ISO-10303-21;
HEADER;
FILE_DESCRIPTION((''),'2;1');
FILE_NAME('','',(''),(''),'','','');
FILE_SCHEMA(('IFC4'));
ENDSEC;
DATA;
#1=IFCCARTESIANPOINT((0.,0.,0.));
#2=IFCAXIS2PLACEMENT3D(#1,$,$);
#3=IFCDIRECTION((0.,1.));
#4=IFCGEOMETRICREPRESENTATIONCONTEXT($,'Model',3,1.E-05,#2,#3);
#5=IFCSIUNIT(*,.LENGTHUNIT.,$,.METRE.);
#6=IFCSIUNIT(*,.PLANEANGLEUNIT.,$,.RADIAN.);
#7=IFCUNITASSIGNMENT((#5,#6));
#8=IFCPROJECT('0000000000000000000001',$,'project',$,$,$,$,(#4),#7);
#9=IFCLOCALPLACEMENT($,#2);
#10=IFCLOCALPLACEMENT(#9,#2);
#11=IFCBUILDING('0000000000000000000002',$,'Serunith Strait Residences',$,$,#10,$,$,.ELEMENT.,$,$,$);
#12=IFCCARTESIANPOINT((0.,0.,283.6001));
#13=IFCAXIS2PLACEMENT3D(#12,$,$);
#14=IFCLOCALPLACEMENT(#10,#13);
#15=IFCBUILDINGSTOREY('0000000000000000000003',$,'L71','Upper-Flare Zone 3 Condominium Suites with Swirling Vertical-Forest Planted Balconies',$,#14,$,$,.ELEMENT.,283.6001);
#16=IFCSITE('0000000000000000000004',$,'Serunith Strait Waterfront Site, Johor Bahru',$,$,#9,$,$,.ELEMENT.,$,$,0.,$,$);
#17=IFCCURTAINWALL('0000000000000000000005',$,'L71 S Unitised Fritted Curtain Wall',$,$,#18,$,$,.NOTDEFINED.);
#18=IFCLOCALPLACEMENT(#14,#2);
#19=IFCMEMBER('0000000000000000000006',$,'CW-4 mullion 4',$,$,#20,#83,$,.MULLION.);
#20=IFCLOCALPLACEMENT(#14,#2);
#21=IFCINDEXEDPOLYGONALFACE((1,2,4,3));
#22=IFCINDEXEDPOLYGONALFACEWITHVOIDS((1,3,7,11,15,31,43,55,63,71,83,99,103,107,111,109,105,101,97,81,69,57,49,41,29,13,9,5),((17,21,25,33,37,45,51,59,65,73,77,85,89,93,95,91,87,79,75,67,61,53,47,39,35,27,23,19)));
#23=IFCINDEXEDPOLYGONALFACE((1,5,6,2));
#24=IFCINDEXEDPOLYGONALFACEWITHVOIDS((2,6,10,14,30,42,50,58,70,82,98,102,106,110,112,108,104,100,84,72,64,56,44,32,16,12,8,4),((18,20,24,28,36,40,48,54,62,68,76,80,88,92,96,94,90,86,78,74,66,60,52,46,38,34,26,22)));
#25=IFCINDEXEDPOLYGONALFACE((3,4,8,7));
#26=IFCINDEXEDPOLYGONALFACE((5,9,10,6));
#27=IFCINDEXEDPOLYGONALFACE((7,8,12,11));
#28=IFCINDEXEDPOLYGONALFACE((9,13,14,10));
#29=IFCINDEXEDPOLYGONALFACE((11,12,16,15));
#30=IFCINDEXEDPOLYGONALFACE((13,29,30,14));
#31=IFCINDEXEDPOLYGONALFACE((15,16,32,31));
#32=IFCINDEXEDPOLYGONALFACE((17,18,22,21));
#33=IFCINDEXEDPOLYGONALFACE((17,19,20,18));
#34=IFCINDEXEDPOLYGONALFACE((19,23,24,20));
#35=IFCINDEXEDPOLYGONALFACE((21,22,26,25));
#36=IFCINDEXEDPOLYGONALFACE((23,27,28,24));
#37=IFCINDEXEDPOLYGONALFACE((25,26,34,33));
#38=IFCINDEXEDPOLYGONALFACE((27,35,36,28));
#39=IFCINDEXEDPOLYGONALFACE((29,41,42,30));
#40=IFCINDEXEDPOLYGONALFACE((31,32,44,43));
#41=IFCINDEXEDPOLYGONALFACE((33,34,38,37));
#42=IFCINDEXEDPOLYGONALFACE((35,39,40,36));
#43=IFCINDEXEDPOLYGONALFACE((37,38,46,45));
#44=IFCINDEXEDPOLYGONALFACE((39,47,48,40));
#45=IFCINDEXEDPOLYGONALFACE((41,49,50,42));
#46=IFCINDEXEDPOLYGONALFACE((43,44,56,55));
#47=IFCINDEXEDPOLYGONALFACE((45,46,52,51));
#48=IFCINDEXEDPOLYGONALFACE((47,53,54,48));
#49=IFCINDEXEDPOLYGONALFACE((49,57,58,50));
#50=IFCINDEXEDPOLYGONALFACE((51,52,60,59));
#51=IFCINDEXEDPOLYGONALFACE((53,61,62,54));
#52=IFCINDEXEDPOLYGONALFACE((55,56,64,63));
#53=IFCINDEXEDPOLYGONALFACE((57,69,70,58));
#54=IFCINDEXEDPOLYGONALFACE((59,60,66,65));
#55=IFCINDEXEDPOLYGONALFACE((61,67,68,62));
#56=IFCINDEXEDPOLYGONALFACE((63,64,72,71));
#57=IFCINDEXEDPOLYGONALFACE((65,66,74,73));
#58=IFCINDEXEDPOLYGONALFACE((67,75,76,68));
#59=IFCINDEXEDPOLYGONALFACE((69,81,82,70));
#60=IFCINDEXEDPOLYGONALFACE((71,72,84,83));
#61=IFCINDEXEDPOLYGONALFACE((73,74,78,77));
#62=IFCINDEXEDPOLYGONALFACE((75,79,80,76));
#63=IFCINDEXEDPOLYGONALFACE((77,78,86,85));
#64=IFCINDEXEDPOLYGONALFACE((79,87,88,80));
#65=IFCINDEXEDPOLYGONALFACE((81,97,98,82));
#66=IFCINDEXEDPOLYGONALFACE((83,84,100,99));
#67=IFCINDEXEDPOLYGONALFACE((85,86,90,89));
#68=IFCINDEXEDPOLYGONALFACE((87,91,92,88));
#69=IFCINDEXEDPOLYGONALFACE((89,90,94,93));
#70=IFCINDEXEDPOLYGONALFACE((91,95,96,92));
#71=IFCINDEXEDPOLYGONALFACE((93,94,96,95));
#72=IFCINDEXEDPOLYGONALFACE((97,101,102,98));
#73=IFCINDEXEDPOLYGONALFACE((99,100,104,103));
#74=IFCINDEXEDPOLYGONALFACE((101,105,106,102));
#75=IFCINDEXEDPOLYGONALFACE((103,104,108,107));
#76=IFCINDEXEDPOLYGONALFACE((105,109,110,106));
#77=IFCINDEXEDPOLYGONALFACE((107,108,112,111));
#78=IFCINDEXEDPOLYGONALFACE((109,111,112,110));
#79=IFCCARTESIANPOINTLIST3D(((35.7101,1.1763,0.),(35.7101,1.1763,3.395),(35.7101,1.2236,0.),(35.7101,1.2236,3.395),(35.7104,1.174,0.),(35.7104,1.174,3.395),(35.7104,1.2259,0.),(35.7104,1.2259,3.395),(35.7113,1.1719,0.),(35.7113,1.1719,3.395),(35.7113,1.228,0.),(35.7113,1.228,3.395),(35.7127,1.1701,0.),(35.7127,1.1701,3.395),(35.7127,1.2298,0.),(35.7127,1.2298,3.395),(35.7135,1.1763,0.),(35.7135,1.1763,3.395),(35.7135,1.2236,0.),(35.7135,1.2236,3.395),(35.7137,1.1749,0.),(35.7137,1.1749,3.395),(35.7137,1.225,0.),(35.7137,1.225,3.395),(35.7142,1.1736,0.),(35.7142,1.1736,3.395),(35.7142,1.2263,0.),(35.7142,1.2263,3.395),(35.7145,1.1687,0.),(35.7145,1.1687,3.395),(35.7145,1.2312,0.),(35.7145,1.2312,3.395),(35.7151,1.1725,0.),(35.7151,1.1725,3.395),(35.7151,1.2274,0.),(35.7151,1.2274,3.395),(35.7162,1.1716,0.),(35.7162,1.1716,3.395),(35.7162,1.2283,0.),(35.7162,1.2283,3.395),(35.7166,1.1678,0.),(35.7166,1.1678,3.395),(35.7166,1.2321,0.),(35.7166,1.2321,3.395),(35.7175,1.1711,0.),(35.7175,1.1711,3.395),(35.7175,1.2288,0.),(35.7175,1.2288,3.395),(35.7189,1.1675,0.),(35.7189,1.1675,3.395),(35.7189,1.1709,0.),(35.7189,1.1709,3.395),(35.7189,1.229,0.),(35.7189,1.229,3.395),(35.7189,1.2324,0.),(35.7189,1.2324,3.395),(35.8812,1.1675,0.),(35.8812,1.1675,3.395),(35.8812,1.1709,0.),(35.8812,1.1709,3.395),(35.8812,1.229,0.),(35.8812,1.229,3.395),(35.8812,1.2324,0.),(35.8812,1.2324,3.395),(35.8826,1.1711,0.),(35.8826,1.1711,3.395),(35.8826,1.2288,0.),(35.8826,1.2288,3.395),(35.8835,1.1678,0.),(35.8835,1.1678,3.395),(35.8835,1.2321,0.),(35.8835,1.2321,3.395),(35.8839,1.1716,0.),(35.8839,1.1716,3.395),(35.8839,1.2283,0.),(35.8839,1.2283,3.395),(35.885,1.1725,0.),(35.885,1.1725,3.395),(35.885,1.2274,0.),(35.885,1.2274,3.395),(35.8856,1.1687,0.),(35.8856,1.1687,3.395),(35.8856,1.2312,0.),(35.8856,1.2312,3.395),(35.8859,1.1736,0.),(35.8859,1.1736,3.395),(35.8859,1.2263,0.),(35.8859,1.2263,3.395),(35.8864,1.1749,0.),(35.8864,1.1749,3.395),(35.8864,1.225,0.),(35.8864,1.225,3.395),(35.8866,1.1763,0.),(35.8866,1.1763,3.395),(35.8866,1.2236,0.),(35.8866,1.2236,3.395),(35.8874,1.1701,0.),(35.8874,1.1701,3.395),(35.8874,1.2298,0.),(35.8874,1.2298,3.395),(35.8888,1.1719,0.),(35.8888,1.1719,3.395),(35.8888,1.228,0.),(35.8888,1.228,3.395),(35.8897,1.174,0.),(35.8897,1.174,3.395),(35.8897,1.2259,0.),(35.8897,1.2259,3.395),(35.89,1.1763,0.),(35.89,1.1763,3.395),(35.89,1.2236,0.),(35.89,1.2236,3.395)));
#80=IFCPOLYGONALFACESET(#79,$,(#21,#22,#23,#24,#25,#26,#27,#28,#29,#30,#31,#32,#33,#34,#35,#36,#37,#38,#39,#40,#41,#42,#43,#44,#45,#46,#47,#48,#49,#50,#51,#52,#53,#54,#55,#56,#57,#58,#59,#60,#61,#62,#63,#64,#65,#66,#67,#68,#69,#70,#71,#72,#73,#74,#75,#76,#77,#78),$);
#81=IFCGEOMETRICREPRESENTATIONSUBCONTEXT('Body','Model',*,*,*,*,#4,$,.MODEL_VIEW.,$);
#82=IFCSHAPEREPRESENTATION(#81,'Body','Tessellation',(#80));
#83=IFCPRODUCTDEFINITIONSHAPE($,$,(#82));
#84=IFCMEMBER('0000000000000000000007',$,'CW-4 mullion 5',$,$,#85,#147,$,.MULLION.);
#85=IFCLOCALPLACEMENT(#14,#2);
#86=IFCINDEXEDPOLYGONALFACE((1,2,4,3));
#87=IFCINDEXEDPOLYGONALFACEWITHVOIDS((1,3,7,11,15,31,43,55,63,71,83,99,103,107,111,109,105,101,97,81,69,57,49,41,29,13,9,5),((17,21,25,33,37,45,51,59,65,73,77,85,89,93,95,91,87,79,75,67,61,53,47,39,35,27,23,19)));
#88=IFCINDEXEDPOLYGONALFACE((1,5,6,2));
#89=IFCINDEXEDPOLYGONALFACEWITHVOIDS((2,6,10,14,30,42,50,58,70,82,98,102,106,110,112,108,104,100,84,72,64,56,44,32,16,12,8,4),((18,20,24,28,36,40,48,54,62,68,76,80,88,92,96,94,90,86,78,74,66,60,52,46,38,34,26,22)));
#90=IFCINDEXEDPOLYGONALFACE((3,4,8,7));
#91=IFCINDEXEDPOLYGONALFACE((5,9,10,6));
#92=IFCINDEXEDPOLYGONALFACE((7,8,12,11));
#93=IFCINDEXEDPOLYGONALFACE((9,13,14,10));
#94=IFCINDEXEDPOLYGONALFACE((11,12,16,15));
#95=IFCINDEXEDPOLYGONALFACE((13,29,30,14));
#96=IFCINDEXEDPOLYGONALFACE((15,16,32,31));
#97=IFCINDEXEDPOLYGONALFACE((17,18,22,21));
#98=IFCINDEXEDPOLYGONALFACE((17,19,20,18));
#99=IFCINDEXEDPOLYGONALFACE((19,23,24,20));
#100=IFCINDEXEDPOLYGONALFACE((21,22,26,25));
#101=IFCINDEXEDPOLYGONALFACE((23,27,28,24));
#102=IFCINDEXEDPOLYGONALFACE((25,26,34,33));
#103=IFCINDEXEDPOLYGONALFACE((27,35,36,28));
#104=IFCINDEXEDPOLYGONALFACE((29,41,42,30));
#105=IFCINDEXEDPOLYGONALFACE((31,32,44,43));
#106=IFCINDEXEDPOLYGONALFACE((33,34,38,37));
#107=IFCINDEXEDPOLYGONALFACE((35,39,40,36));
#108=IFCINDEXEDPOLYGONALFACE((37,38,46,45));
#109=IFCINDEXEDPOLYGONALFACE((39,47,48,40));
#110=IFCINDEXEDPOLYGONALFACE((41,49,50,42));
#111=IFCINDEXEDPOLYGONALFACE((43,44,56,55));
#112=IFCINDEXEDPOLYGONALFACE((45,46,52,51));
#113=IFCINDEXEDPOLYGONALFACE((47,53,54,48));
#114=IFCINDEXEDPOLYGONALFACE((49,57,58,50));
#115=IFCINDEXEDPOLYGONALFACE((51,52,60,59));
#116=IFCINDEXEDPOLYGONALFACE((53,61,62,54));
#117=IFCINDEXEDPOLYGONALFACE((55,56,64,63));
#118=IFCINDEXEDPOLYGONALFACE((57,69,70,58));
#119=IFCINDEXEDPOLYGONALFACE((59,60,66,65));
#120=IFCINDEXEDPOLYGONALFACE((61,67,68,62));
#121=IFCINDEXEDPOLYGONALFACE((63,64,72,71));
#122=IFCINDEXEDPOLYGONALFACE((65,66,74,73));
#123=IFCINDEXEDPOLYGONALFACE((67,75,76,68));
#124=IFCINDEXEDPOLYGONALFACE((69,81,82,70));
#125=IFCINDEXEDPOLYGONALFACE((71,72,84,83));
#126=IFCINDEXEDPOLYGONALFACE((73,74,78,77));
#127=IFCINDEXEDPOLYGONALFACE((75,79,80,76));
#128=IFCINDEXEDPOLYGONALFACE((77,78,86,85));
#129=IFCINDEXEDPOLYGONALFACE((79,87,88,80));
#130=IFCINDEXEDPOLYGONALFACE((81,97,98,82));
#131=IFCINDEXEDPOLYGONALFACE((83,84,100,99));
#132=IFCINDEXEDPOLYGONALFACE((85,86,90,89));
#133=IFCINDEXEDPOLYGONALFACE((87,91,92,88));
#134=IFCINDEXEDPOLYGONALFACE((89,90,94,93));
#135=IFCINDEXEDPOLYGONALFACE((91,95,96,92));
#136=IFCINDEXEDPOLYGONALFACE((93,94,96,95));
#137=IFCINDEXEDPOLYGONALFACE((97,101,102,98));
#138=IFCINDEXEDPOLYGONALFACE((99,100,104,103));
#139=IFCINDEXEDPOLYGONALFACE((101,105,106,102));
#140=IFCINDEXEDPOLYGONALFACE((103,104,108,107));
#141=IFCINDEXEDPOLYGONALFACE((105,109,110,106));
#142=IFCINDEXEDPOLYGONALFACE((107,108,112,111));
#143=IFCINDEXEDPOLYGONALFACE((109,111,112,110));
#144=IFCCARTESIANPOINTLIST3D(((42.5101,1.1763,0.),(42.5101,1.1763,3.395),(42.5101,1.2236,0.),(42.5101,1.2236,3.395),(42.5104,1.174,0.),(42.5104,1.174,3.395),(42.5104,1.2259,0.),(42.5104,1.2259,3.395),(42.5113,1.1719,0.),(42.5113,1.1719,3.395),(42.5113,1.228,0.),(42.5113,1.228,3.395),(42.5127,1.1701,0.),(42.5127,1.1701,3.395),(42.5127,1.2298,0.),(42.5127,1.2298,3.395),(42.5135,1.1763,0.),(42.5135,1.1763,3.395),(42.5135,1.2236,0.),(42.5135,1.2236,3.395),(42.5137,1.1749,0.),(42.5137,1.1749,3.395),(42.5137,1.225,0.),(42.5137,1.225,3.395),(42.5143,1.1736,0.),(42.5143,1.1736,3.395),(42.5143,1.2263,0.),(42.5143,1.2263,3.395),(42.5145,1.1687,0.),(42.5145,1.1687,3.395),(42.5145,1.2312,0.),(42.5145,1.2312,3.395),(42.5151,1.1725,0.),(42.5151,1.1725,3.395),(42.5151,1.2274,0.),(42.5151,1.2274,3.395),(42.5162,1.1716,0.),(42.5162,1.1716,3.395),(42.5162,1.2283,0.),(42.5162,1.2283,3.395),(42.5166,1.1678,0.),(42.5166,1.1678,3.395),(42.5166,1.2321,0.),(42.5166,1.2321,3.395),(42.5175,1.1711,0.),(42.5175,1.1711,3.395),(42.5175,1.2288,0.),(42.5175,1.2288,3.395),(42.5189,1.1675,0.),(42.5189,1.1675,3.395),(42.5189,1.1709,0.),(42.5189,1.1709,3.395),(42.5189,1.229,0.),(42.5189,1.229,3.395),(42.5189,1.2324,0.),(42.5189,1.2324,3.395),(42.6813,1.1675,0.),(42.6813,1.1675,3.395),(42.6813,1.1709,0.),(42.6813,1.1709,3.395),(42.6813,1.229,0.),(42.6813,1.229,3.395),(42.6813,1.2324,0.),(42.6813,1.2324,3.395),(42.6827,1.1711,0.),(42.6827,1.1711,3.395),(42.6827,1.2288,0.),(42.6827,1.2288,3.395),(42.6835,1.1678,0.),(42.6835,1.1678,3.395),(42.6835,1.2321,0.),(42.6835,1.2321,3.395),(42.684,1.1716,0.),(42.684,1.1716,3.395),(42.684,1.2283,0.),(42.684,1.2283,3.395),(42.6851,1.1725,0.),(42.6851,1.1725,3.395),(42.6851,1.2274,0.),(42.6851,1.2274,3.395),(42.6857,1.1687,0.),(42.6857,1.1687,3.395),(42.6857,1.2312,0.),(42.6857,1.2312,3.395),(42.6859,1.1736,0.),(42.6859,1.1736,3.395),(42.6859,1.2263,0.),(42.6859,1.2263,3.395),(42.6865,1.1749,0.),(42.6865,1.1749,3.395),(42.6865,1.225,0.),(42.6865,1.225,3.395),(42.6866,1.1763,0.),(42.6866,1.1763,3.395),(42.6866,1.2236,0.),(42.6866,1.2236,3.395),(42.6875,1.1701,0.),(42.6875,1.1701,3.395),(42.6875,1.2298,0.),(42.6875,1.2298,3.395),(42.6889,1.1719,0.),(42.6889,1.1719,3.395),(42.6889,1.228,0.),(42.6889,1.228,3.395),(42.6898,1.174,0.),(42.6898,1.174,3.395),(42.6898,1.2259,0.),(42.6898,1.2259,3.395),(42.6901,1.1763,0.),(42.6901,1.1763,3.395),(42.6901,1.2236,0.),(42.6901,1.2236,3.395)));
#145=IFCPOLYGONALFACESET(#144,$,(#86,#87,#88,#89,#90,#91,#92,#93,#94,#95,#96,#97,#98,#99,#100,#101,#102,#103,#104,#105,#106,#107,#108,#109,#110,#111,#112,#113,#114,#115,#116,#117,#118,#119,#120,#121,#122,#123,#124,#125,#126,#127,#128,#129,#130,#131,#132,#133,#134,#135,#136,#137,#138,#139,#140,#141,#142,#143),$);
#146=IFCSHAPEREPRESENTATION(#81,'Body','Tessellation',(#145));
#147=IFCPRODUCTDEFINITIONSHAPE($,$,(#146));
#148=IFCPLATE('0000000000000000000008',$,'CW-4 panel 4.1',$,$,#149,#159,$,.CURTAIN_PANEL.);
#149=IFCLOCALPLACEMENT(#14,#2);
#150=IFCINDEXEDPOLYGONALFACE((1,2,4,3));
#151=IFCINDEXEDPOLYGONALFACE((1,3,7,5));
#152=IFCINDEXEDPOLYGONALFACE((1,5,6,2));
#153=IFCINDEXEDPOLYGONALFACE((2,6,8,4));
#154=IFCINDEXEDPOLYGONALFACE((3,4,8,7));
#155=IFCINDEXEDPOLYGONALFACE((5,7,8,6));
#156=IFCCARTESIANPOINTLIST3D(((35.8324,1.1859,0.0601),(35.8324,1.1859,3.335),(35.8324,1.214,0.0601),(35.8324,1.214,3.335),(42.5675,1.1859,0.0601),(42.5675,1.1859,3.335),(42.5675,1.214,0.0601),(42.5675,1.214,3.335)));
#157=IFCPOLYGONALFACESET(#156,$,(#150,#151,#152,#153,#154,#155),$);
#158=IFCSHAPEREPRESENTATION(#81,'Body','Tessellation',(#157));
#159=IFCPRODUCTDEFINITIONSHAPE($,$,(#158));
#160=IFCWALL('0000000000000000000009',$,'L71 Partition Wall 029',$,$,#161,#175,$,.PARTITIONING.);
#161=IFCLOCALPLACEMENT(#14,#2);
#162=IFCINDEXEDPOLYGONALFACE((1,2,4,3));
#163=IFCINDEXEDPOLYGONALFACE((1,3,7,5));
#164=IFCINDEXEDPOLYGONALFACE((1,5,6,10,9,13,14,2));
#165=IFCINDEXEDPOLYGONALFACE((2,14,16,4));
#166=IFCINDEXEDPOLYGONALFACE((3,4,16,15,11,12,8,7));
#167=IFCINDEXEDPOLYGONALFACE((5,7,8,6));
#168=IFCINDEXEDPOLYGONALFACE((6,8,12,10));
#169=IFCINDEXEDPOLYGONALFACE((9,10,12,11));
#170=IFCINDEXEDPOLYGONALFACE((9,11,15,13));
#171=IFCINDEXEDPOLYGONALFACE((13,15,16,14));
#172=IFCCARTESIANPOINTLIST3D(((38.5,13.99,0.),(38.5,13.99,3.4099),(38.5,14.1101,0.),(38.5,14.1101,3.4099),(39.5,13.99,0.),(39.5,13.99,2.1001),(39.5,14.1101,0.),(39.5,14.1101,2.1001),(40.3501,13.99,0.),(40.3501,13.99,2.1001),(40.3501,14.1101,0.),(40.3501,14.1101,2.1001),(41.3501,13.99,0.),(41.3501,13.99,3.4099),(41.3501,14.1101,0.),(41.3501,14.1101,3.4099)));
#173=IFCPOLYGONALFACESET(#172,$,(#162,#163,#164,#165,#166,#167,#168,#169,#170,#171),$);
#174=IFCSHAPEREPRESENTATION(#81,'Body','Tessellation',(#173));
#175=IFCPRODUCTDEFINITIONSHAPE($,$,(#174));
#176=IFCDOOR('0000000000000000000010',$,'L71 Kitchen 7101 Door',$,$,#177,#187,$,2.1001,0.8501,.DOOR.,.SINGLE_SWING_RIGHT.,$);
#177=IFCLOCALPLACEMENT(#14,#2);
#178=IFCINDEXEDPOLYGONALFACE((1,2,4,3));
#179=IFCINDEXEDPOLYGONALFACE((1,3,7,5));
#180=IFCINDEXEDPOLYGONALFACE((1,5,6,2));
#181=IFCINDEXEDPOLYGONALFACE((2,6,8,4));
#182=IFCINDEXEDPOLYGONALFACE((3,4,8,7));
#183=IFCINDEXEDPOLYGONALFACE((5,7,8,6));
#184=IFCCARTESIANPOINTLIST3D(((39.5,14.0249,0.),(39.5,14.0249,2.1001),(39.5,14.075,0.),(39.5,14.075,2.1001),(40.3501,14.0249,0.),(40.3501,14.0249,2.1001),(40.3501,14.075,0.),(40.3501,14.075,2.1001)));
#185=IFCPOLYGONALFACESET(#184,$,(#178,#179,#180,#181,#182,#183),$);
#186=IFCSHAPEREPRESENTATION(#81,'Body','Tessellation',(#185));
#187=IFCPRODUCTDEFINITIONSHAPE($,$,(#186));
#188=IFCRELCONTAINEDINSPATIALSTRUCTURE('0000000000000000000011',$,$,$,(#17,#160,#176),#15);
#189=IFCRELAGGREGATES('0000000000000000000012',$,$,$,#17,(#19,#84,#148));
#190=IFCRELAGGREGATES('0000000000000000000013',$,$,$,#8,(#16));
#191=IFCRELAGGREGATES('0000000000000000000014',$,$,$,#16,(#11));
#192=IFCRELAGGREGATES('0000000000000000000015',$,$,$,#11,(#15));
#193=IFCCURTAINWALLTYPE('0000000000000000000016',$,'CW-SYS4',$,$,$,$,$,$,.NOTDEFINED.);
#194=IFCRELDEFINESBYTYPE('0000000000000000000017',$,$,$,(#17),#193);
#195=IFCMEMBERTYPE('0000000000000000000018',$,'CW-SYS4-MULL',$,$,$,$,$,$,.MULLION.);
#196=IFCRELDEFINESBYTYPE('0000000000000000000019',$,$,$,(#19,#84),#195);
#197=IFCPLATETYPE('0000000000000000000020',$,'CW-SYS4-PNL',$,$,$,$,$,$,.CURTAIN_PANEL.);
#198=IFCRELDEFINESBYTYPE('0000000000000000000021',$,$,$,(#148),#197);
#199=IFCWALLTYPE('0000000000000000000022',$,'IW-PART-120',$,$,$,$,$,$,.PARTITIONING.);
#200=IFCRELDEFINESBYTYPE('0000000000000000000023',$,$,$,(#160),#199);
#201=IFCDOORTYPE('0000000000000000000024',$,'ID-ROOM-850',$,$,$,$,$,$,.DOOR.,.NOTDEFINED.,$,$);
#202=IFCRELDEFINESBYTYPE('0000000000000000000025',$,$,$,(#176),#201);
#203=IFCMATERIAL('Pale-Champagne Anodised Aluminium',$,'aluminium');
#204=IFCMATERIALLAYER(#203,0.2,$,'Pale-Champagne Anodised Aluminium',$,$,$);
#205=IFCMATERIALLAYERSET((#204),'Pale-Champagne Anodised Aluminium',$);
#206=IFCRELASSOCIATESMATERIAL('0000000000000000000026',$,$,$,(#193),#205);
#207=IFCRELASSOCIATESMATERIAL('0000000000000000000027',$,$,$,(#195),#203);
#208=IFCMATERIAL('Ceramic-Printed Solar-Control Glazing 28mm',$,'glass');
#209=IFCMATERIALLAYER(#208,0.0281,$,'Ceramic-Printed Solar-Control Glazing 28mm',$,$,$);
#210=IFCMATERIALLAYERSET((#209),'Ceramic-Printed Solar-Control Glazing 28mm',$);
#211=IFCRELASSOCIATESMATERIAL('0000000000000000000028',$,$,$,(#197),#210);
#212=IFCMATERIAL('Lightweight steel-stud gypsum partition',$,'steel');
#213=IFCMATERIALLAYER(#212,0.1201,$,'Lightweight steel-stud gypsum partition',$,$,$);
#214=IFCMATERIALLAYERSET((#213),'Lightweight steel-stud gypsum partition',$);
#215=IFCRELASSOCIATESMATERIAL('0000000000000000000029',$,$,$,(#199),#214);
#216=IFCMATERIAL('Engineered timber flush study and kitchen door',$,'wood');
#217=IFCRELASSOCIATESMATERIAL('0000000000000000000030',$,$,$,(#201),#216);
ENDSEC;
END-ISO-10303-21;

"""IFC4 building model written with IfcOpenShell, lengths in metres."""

from ifc_helpers import new_model, si_unit, direction, frame, frame_2d, origin, origin_2d, place, context, subcontext, project, spatial, rectangle, hollow_rectangle, extrude, source, transform, mapped, material, layer, layer_set, material_profile, profile_set, type_object, element, fill, aggregate, save


model = new_model("IFC4")

# Units and contexts
model_context = context("Model", 3, precision=1e-05, world=origin(), true_north=direction((0.0, 1.0)))
body_context = subcontext(model_context, "Body", "Model", "MODEL_VIEW")
ifc_project = project(units=[si_unit("LENGTHUNIT", "METRE"), si_unit("PLANEANGLEUNIT", "RADIAN")], contexts=[model_context])

# Site, building, storey
site_placement = place(None, origin())
site = spatial("IfcSite", under=ifc_project, at=site_placement, Name="Serunith Strait Waterfront Site, Johor Bahru", CompositionType="ELEMENT", RefElevation=0.0)
building_placement = place(site_placement, origin())
building = spatial("IfcBuilding", under=site, at=building_placement, Name="Serunith Strait Residences", CompositionType="ELEMENT")
storey_placement = place(building_placement, frame((0.0, 0.0, 283.6001)))
storey = spatial("IfcBuildingStorey", under=building, at=storey_placement, Name="L71", Description="Upper-Flare Zone 3 Condominium Suites with Swirling Vertical-Forest Planted Balconies", CompositionType="ELEMENT", Elevation=283.6001)

# Curtain wall, members, plate
ifc_material_1 = material(Name="Pale-Champagne Anodised Aluminium", Category="aluminium")
ifc_layer_1 = layer(ifc_material_1, 0.2, Name="Pale-Champagne Anodised Aluminium")
ifc_layer_set_1 = layer_set([ifc_layer_1], Name="Pale-Champagne Anodised Aluminium")
curtain_wall_type = type_object("IfcCurtainWallType", Name="CW-SYS4", PredefinedType="NOTDEFINED", material=ifc_layer_set_1)
curtain_wall_placement = place(storey_placement, origin())
curtain_wall = element("IfcCurtainWall", 1, at=curtain_wall_placement, inside=storey, type_object=curtain_wall_type, Name="L71 S Unitised Fritted Curtain Wall", PredefinedType="NOTDEFINED")
ifc_material_profile_1 = material_profile(ifc_material_1, hollow_rectangle(XDim=0.0649, YDim=0.1799, WallThickness=0.0034, InnerFilletRadius=0.0054, OuterFilletRadius=0.0088, at=origin_2d()), Name="ALU 180x65x3.5")
ifc_profile_set_1 = profile_set([ifc_material_profile_1], Name="Pale-Champagne Anodised Aluminium")
member_type_1 = type_object("IfcMemberType", Name="CW-SYS4-MULL", PredefinedType="MULLION", material=ifc_profile_set_1)
shared_shape_1 = source(origin(), body_context, "Body", "SweptSolid", [
    extrude(hollow_rectangle(XDim=0.0649, YDim=0.1799, WallThickness=0.0034, InnerFilletRadius=0.0054, OuterFilletRadius=0.0088, at=origin_2d()), origin(), (0.0, 0.0, 1.0), 3.395),
])
member_1_placement = place(storey_placement, frame((35.8, 1.2, 0.0), z_axis=(0.0, 0.0, 1.0), x_axis=(0.0, 1.0, 0.0)))
member_1 = element("IfcMember", 2, at=member_1_placement, type_object=member_type_1, Name="CW-4 mullion 4", PredefinedType="MULLION", context=body_context, shape_type="MappedRepresentation", body=[
    mapped(shared_shape_1, transform((0.0, 0.0, 0.0), scale=1.0)),
])
member_2_placement = place(storey_placement, frame((42.6001, 1.2, 0.0), z_axis=(0.0, 0.0, 1.0), x_axis=(0.0, 1.0, 0.0)))
member_2 = element("IfcMember", 3, at=member_2_placement, type_object=member_type_1, Name="CW-4 mullion 5", PredefinedType="MULLION", context=body_context, shape_type="MappedRepresentation", body=[
    mapped(shared_shape_1, transform((0.0, 0.0, 0.0), scale=1.0)),
])
ifc_material_2 = material(Name="Ceramic-Printed Solar-Control Glazing 28mm", Category="glass")
ifc_layer_2 = layer(ifc_material_2, 0.0281, Name="Ceramic-Printed Solar-Control Glazing 28mm")
ifc_layer_set_2 = layer_set([ifc_layer_2], Name="Ceramic-Printed Solar-Control Glazing 28mm")
plate_type = type_object("IfcPlateType", Name="CW-SYS4-PNL", PredefinedType="CURTAIN_PANEL", material=ifc_layer_set_2)
shared_shape_2 = source(origin(), body_context, "Body", "SweptSolid", [
    extrude(rectangle(XDim=6.7351, YDim=0.0281, at=origin_2d()), origin(), (0.0, 0.0, 1.0), 3.2749),
])
plate_placement = place(storey_placement, frame((39.2, 1.2, 0.0601), z_axis=(0.0, 0.0, 1.0), x_axis=(1.0, 0.0, 0.0)))
plate = element("IfcPlate", 4, at=plate_placement, type_object=plate_type, Name="CW-4 panel 4.1", PredefinedType="CURTAIN_PANEL", context=body_context, shape_type="MappedRepresentation", body=[
    mapped(shared_shape_2, transform((0.0, 0.0, 0.0), scale=1.0)),
])
aggregate(curtain_wall, [member_1, member_2, plate])

# Wall, opening, door
ifc_material_3 = material(Name="Lightweight steel-stud gypsum partition", Category="steel")
ifc_layer_3 = layer(ifc_material_3, 0.1201, Name="Lightweight steel-stud gypsum partition")
ifc_layer_set_3 = layer_set([ifc_layer_3], Name="Lightweight steel-stud gypsum partition")
wall_type = type_object("IfcWallType", Name="IW-PART-120", PredefinedType="PARTITIONING", material=ifc_layer_set_3)
wall_1_placement = place(storey_placement, frame((38.5, 14.05, 0.0), z_axis=(0.0, 0.0, 1.0), x_axis=(1.0, 0.0, 0.0)))
wall_1 = element("IfcWall", 5, at=wall_1_placement, inside=storey, type_object=wall_type, Name="L71 Partition Wall 029", PredefinedType="PARTITIONING", context=body_context, shape_type="SweptSolid", body=[
    extrude(rectangle(XDim=2.8501, YDim=0.1201, at=frame_2d((1.425, 0.0))), origin(), (0.0, 0.0, 1.0), 3.4099),
])
opening_1_placement = place(wall_1_placement, frame((1.0, 0.0, 0.0)))
opening_1 = element("IfcOpeningElement", 6, at=opening_1_placement, cuts=wall_1, PredefinedType="OPENING", context=body_context, shape_type="SweptSolid", body=[
    extrude(rectangle(XDim=0.8501, YDim=2.1001, at=frame_2d((0.425, 1.05))), frame((0.0, 0.0701, 0.0), z_axis=(0.0, -1.0, 0.0), x_axis=(1.0, 0.0, 0.0)), (0.0, 0.0, 1.0), 0.1401),
])
ifc_material_4 = material(Name="Engineered timber flush study and kitchen door", Category="wood")
door_type_1 = type_object("IfcDoorType", Name="ID-ROOM-850", OperationType="NOTDEFINED", PredefinedType="DOOR", material=ifc_material_4)
shared_shape_3 = source(origin(), body_context, "Body", "SweptSolid", [
    extrude(rectangle(XDim=0.8501, YDim=2.1001, at=frame_2d((0.425, 1.05))), frame((0.0, 0.0249, 0.0), z_axis=(0.0, -1.0, 0.0), x_axis=(1.0, 0.0, 0.0)), (0.0, 0.0, 1.0), 0.05),
])
door_1_placement = place(opening_1_placement, origin())
door_1 = element("IfcDoor", 7, at=door_1_placement, inside=storey, type_object=door_type_1, Name="L71 Kitchen 7101 Door", OperationType="SINGLE_SWING_RIGHT", OverallHeight=2.1001, OverallWidth=0.8501, PredefinedType="DOOR", context=body_context, shape_type="MappedRepresentation", body=[
    mapped(shared_shape_3, transform((0.0, 0.0, 0.0), scale=1.0)),
])
fill(opening_1, door_1)

save(model, "model.ifc")
